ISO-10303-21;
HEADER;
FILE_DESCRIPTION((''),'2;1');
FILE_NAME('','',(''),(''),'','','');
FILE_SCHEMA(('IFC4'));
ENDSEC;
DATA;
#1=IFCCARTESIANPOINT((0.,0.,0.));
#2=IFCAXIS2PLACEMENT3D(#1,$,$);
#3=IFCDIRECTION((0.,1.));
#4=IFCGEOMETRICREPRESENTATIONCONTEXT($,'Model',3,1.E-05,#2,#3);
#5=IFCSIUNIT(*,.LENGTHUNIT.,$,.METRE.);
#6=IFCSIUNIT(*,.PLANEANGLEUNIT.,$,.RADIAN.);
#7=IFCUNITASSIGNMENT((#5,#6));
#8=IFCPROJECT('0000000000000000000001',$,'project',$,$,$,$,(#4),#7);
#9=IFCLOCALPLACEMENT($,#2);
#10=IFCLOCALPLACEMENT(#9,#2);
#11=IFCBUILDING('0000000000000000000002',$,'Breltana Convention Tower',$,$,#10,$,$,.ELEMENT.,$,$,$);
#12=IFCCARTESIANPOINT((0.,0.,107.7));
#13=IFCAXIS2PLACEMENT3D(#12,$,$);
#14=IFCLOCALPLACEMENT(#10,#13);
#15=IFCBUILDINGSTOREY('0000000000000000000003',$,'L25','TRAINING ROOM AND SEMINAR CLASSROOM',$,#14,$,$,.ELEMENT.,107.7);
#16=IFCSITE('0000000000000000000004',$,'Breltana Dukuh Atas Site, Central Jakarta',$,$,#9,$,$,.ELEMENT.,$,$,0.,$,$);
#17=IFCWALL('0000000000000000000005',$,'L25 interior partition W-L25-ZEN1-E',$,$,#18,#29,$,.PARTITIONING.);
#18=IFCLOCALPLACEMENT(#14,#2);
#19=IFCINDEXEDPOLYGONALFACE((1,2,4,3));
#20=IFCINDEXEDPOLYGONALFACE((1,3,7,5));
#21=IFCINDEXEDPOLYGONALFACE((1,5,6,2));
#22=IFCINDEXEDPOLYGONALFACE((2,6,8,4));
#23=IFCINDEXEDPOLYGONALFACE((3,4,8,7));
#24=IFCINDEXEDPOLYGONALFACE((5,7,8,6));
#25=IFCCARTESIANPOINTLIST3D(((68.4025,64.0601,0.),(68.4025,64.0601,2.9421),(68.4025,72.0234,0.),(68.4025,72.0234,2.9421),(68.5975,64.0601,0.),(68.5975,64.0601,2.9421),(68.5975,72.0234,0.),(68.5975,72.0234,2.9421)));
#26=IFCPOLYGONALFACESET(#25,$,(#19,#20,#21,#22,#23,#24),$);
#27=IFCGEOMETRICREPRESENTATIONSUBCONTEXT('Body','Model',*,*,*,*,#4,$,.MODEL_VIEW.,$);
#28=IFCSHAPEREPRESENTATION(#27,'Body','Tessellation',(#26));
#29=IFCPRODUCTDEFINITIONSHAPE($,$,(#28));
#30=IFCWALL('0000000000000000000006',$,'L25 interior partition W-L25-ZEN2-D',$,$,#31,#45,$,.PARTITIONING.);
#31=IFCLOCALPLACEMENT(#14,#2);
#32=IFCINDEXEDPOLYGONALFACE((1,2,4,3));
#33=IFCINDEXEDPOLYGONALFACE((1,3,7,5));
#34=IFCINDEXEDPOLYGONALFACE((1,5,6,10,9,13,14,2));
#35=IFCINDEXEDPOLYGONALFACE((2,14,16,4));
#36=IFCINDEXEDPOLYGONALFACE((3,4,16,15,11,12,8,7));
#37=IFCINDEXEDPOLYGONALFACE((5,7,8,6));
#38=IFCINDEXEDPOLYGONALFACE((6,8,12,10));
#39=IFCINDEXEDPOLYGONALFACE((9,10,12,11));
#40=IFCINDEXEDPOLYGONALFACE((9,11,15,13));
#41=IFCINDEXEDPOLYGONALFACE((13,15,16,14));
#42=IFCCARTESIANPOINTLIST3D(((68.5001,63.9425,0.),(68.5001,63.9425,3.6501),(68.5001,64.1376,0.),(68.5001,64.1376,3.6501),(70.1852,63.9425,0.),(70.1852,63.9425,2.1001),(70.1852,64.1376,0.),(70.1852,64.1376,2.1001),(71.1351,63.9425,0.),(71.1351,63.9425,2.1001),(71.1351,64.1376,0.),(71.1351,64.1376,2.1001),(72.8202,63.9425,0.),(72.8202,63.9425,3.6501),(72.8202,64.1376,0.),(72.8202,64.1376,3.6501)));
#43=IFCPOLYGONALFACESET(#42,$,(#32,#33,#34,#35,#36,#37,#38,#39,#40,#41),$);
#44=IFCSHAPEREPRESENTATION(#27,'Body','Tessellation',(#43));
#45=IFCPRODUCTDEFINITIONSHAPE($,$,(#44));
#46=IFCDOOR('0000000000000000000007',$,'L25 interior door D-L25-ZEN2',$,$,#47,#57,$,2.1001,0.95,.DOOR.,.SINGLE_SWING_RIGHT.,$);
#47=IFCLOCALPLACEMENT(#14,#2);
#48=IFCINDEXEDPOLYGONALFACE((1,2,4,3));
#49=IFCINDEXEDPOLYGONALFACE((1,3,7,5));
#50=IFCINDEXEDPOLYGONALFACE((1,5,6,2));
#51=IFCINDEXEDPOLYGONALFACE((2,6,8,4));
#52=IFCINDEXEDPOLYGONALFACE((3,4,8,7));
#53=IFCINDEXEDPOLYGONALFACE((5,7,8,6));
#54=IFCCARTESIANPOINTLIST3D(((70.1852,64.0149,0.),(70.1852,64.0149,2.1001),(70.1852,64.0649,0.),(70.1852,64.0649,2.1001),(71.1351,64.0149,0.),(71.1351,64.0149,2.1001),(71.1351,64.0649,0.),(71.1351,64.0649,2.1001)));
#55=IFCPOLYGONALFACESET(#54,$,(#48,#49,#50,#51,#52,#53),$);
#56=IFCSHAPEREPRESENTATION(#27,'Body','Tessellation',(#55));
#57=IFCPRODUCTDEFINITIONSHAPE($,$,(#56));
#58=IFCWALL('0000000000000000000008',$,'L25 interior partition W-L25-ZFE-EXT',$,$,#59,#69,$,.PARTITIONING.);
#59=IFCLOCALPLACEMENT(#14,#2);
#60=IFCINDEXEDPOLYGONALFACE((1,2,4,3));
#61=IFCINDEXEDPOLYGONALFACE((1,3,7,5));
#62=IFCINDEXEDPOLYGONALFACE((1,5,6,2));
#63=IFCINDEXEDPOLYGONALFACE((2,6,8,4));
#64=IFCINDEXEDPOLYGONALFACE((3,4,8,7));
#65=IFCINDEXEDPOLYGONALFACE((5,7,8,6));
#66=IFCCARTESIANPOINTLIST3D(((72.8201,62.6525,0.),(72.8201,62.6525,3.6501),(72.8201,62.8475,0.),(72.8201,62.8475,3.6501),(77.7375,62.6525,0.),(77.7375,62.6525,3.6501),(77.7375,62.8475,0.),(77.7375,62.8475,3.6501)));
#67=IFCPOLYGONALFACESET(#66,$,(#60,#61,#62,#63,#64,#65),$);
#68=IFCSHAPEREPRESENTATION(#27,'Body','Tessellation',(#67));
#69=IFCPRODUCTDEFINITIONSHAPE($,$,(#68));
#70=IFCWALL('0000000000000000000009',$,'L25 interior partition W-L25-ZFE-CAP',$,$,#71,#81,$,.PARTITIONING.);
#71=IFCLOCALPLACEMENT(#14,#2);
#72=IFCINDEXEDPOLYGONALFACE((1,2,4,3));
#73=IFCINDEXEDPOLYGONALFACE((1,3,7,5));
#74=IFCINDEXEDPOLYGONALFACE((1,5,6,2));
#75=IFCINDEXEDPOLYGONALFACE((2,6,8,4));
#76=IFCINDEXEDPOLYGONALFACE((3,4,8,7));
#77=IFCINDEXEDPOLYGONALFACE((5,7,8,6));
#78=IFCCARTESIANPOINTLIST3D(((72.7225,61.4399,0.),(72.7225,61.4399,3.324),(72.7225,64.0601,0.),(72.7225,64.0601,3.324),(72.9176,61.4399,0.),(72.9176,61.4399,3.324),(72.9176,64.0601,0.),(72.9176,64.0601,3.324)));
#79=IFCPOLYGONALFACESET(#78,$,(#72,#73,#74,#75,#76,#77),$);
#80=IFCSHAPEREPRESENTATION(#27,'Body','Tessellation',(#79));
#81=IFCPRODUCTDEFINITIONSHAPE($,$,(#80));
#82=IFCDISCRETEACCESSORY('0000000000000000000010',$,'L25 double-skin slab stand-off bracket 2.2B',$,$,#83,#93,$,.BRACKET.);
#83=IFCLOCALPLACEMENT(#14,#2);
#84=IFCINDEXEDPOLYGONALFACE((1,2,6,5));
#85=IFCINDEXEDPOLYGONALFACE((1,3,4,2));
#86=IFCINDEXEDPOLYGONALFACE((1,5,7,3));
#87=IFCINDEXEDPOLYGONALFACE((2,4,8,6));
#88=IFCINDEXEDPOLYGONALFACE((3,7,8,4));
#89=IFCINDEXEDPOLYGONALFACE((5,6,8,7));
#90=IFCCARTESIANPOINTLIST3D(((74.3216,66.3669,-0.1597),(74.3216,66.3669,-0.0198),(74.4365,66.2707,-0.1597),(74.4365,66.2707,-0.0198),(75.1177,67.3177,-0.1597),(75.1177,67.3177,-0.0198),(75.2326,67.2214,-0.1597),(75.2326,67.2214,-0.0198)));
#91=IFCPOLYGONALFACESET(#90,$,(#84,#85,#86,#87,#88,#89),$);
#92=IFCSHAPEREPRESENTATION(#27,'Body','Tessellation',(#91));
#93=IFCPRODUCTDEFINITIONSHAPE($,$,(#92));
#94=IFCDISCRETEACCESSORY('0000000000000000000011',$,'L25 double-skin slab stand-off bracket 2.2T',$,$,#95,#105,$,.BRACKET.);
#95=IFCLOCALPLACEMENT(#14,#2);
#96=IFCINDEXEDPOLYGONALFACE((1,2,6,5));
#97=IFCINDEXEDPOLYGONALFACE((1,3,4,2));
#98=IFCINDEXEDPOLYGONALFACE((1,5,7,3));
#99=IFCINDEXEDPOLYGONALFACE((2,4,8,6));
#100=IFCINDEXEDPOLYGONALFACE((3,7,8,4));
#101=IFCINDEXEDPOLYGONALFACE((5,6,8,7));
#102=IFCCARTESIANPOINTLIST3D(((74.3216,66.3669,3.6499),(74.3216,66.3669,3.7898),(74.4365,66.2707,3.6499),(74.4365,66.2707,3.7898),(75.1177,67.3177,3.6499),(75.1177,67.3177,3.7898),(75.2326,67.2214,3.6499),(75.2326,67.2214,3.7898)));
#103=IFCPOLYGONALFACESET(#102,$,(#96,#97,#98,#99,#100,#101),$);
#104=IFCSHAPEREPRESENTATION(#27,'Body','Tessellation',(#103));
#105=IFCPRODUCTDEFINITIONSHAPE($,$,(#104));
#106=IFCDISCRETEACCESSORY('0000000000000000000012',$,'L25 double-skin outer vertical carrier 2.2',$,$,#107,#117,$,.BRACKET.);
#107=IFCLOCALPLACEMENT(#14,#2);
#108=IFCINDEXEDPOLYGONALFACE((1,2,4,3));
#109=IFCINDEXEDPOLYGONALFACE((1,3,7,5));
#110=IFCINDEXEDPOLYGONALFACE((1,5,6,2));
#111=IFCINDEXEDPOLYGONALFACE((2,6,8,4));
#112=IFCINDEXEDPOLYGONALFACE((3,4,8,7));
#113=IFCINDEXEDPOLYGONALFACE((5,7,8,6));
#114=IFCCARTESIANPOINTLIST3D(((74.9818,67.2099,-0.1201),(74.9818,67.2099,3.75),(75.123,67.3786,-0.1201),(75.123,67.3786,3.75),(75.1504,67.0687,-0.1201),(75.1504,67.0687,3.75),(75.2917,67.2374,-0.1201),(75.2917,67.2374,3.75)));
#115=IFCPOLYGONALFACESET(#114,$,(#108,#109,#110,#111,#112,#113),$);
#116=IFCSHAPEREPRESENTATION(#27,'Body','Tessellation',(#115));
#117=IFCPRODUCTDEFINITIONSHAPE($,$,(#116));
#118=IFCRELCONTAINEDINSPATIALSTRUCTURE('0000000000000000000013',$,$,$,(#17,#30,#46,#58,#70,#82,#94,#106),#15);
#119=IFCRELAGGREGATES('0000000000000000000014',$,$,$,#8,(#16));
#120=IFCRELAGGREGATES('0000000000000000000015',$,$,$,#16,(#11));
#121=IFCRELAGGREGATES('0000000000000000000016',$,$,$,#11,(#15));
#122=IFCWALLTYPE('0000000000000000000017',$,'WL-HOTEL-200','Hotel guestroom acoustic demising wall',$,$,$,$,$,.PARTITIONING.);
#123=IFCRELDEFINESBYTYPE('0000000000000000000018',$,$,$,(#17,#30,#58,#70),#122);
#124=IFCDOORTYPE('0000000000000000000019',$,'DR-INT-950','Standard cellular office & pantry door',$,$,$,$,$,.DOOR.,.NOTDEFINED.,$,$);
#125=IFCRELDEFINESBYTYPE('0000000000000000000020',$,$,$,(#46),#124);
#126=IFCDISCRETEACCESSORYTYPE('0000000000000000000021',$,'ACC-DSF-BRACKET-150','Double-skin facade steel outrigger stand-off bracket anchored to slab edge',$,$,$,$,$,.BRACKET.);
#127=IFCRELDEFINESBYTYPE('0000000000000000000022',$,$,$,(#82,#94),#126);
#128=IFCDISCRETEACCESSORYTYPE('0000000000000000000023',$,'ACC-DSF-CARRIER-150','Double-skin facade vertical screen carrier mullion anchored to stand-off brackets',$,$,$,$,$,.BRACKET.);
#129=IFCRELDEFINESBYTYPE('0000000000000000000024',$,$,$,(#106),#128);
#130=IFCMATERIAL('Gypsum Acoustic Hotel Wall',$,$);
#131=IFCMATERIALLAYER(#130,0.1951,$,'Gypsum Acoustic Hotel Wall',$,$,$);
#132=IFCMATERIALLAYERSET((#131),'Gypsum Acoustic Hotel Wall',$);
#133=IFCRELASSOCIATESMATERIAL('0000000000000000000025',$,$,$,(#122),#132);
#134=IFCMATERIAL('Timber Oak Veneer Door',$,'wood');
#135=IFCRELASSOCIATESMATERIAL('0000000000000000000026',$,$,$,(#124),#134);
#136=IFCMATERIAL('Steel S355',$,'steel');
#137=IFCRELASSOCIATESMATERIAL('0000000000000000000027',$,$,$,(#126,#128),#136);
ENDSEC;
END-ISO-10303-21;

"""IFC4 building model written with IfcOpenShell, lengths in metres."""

from ifc_helpers import new_model, si_unit, direction, frame, frame_2d, origin, origin_2d, place, context, subcontext, project, spatial, rectangle, extrude, source, transform, mapped, material, layer, layer_set, type_object, type_shapes, element, fill, save


model = new_model("IFC4")

# Units and contexts
model_context = context("Model", 3, precision=1e-05, world=origin(), true_north=direction((0.0, 1.0)))
body_context = subcontext(model_context, "Body", "Model", "MODEL_VIEW")
ifc_project = project(units=[si_unit("LENGTHUNIT", "METRE"), si_unit("PLANEANGLEUNIT", "RADIAN")], contexts=[model_context])

# Site, building, storey
site_placement = place(None, origin())
site = spatial("IfcSite", under=ifc_project, at=site_placement, Name="Breltana Dukuh Atas Site, Central Jakarta", CompositionType="ELEMENT", RefElevation=0.0)
building_placement = place(site_placement, origin())
building = spatial("IfcBuilding", under=site, at=building_placement, Name="Breltana Convention Tower", CompositionType="ELEMENT")
storey_placement = place(building_placement, frame((0.0, 0.0, 107.7)))
storey = spatial("IfcBuildingStorey", under=building, at=storey_placement, Name="L25", Description="TRAINING ROOM AND SEMINAR CLASSROOM", CompositionType="ELEMENT", Elevation=107.7)

# Wall
ifc_material_1 = material(Name="Gypsum Acoustic Hotel Wall")
ifc_layer_1 = layer(ifc_material_1, 0.1951, Name="Gypsum Acoustic Hotel Wall")
ifc_layer_set_1 = layer_set([ifc_layer_1], Name="Gypsum Acoustic Hotel Wall")
wall_type_1 = type_object("IfcWallType", Name="WL-HOTEL-200", Description="Hotel guestroom acoustic demising wall", PredefinedType="PARTITIONING", material=ifc_layer_set_1)
shared_shape_1 = source(origin(), body_context, "Body", "SweptSolid", [
    extrude(rectangle(XDim=7.9634, YDim=0.1951, at=frame_2d((3.9817, 0.0))), origin(), (0.0, 0.0, 1.0), 2.9421),
])
wall_1_placement = place(storey_placement, frame((68.5, 64.0601, 0.0), z_axis=(0.0, 0.0, 1.0), x_axis=(0.0, 1.0, 0.0)))
element("IfcWall", 1, at=wall_1_placement, inside=storey, type_object=wall_type_1, Name="L25 interior partition W-L25-ZEN1-E", PredefinedType="PARTITIONING", context=body_context, shape_type="MappedRepresentation", body=[
    mapped(shared_shape_1, transform((0.0, 0.0, 0.0), scale=1.0)),
])

# Wall, opening, door
shared_shape_2 = source(origin(), body_context, "Body", "SweptSolid", [
    extrude(rectangle(XDim=4.3201, YDim=0.1951, at=frame_2d((2.1602, 0.0))), origin(), (0.0, 0.0, 1.0), 3.6501),
])
wall_2_placement = place(storey_placement, frame((68.5, 64.04, 0.0), z_axis=(0.0, 0.0, 1.0), x_axis=(1.0, 0.0, 0.0)))
wall_2 = element("IfcWall", 2, at=wall_2_placement, inside=storey, type_object=wall_type_1, Name="L25 interior partition W-L25-ZEN2-D", PredefinedType="PARTITIONING", context=body_context, shape_type="MappedRepresentation", body=[
    mapped(shared_shape_2, transform((0.0, 0.0, 0.0), scale=1.0)),
])
opening_placement = place(wall_2_placement, frame((1.6851, 0.0, 0.0)))
opening = element("IfcOpeningElement", 3, at=opening_placement, cuts=wall_2, PredefinedType="OPENING", context=body_context, shape_type="SweptSolid", body=[
    extrude(rectangle(XDim=0.95, YDim=2.1001, at=frame_2d((0.4751, 1.05))), frame((0.0, 0.1074, 0.0), z_axis=(0.0, -1.0, 0.0), x_axis=(1.0, 0.0, 0.0)), (0.0, 0.0, 1.0), 0.2151),
])
ifc_material_2 = material(Name="Timber Oak Veneer Door", Category="wood")
door_type = type_object("IfcDoorType", Name="DR-INT-950", Description="Standard cellular office & pantry door", OperationType="NOTDEFINED", PredefinedType="DOOR", material=ifc_material_2)
shared_shape_3 = source(origin(), body_context, "Body", "SweptSolid", [
    extrude(rectangle(XDim=0.95, YDim=2.1001, at=frame_2d((0.4751, 1.05))), frame((0.0, 0.0249, 0.0), z_axis=(0.0, -1.0, 0.0), x_axis=(1.0, 0.0, 0.0)), (0.0, 0.0, 1.0), 0.05),
])
type_shapes(door_type, [shared_shape_3])
door_placement = place(opening_placement, origin())
door = element("IfcDoor", 4, at=door_placement, inside=storey, type_object=door_type, Name="L25 interior door D-L25-ZEN2", OperationType="SINGLE_SWING_RIGHT", OverallHeight=2.1001, OverallWidth=0.95, PredefinedType="DOOR", context=body_context, shape_type="MappedRepresentation", body=[
    mapped(shared_shape_3, transform((0.0, 0.0, 0.0), scale=1.0)),
])
fill(opening, door)

# Walls
shared_shape_4 = source(origin(), body_context, "Body", "SweptSolid", [
    extrude(rectangle(XDim=4.9175, YDim=0.1951, at=frame_2d((2.4587, 0.0))), origin(), (0.0, 0.0, 1.0), 3.6501),
])
wall_3_placement = place(storey_placement, frame((72.8201, 62.75, 0.0), z_axis=(0.0, 0.0, 1.0), x_axis=(1.0, 0.0, 0.0)))
element("IfcWall", 5, at=wall_3_placement, inside=storey, type_object=wall_type_1, Name="L25 interior partition W-L25-ZFE-EXT", PredefinedType="PARTITIONING", context=body_context, shape_type="MappedRepresentation", body=[
    mapped(shared_shape_4, transform((0.0, 0.0, 0.0), scale=1.0)),
])
shared_shape_5 = source(origin(), body_context, "Body", "SweptSolid", [
    extrude(rectangle(XDim=2.6201, YDim=0.1951, at=frame_2d((1.3101, 0.0))), origin(), (0.0, 0.0, 1.0), 3.324),
])
wall_4_placement = place(storey_placement, frame((72.8201, 61.4399, 0.0), z_axis=(0.0, 0.0, 1.0), x_axis=(0.0, 1.0, 0.0)))
element("IfcWall", 6, at=wall_4_placement, inside=storey, type_object=wall_type_1, Name="L25 interior partition W-L25-ZFE-CAP", PredefinedType="PARTITIONING", context=body_context, shape_type="MappedRepresentation", body=[
    mapped(shared_shape_5, transform((0.0, 0.0, 0.0), scale=1.0)),
])

# Discrete accessories
ifc_material_3 = material(Name="Steel S355", Category="steel")
discrete_accessory_type_1 = type_object("IfcDiscreteAccessoryType", Name="ACC-DSF-BRACKET-150", Description="Double-skin facade steel outrigger stand-off bracket anchored to slab edge", PredefinedType="BRACKET", material=ifc_material_3)
shared_shape_6 = source(origin(), body_context, "Body", "SweptSolid", [
    extrude(rectangle(XDim=1.24, YDim=0.1499, at=origin_2d()), origin(), (0.0, 0.0, 1.0), 0.1399),
])
type_shapes(discrete_accessory_type_1, [shared_shape_6])
for number, where, z_axis, x_axis, name in (
    (7, (74.7771, 66.7942, -0.1597), (0.0, 0.0, 1.0), (0.641987, 0.766715, 0.0), "L25 double-skin slab stand-off bracket 2.2B"),
    (8, (74.7771, 66.7942, 3.6499), (0.0, 0.0, 1.0), (0.641987, 0.766715, 0.0), "L25 double-skin slab stand-off bracket 2.2T"),
):
    element("IfcDiscreteAccessory", number, at=place(storey_placement, frame(where, z_axis=z_axis, x_axis=x_axis)), inside=storey, type_object=discrete_accessory_type_1, Name=name, PredefinedType="BRACKET", context=body_context, shape_type="MappedRepresentation", body=[
        mapped(shared_shape_6, transform((0.0, 0.0, 0.0), scale=1.0)),
    ])
discrete_accessory_type_2 = type_object("IfcDiscreteAccessoryType", Name="ACC-DSF-CARRIER-150", Description="Double-skin facade vertical screen carrier mullion anchored to stand-off brackets", PredefinedType="BRACKET", material=ifc_material_3)
shared_shape_7 = source(origin(), body_context, "Body", "SweptSolid", [
    extrude(rectangle(XDim=0.22, YDim=0.22, at=origin_2d()), origin(), (0.0, 0.0, 1.0), 3.8701),
])
discrete_accessory_placement = place(storey_placement, frame((75.1367, 67.2236, -0.1201), z_axis=(0.0, 0.0, 1.0), x_axis=(0.641987, 0.766715, 0.0)))
element("IfcDiscreteAccessory", 9, at=discrete_accessory_placement, inside=storey, type_object=discrete_accessory_type_2, Name="L25 double-skin outer vertical carrier 2.2", PredefinedType="BRACKET", context=body_context, shape_type="MappedRepresentation", body=[
    mapped(shared_shape_7, transform((0.0, 0.0, 0.0), scale=1.0)),
])

save(model, "model.ifc")
